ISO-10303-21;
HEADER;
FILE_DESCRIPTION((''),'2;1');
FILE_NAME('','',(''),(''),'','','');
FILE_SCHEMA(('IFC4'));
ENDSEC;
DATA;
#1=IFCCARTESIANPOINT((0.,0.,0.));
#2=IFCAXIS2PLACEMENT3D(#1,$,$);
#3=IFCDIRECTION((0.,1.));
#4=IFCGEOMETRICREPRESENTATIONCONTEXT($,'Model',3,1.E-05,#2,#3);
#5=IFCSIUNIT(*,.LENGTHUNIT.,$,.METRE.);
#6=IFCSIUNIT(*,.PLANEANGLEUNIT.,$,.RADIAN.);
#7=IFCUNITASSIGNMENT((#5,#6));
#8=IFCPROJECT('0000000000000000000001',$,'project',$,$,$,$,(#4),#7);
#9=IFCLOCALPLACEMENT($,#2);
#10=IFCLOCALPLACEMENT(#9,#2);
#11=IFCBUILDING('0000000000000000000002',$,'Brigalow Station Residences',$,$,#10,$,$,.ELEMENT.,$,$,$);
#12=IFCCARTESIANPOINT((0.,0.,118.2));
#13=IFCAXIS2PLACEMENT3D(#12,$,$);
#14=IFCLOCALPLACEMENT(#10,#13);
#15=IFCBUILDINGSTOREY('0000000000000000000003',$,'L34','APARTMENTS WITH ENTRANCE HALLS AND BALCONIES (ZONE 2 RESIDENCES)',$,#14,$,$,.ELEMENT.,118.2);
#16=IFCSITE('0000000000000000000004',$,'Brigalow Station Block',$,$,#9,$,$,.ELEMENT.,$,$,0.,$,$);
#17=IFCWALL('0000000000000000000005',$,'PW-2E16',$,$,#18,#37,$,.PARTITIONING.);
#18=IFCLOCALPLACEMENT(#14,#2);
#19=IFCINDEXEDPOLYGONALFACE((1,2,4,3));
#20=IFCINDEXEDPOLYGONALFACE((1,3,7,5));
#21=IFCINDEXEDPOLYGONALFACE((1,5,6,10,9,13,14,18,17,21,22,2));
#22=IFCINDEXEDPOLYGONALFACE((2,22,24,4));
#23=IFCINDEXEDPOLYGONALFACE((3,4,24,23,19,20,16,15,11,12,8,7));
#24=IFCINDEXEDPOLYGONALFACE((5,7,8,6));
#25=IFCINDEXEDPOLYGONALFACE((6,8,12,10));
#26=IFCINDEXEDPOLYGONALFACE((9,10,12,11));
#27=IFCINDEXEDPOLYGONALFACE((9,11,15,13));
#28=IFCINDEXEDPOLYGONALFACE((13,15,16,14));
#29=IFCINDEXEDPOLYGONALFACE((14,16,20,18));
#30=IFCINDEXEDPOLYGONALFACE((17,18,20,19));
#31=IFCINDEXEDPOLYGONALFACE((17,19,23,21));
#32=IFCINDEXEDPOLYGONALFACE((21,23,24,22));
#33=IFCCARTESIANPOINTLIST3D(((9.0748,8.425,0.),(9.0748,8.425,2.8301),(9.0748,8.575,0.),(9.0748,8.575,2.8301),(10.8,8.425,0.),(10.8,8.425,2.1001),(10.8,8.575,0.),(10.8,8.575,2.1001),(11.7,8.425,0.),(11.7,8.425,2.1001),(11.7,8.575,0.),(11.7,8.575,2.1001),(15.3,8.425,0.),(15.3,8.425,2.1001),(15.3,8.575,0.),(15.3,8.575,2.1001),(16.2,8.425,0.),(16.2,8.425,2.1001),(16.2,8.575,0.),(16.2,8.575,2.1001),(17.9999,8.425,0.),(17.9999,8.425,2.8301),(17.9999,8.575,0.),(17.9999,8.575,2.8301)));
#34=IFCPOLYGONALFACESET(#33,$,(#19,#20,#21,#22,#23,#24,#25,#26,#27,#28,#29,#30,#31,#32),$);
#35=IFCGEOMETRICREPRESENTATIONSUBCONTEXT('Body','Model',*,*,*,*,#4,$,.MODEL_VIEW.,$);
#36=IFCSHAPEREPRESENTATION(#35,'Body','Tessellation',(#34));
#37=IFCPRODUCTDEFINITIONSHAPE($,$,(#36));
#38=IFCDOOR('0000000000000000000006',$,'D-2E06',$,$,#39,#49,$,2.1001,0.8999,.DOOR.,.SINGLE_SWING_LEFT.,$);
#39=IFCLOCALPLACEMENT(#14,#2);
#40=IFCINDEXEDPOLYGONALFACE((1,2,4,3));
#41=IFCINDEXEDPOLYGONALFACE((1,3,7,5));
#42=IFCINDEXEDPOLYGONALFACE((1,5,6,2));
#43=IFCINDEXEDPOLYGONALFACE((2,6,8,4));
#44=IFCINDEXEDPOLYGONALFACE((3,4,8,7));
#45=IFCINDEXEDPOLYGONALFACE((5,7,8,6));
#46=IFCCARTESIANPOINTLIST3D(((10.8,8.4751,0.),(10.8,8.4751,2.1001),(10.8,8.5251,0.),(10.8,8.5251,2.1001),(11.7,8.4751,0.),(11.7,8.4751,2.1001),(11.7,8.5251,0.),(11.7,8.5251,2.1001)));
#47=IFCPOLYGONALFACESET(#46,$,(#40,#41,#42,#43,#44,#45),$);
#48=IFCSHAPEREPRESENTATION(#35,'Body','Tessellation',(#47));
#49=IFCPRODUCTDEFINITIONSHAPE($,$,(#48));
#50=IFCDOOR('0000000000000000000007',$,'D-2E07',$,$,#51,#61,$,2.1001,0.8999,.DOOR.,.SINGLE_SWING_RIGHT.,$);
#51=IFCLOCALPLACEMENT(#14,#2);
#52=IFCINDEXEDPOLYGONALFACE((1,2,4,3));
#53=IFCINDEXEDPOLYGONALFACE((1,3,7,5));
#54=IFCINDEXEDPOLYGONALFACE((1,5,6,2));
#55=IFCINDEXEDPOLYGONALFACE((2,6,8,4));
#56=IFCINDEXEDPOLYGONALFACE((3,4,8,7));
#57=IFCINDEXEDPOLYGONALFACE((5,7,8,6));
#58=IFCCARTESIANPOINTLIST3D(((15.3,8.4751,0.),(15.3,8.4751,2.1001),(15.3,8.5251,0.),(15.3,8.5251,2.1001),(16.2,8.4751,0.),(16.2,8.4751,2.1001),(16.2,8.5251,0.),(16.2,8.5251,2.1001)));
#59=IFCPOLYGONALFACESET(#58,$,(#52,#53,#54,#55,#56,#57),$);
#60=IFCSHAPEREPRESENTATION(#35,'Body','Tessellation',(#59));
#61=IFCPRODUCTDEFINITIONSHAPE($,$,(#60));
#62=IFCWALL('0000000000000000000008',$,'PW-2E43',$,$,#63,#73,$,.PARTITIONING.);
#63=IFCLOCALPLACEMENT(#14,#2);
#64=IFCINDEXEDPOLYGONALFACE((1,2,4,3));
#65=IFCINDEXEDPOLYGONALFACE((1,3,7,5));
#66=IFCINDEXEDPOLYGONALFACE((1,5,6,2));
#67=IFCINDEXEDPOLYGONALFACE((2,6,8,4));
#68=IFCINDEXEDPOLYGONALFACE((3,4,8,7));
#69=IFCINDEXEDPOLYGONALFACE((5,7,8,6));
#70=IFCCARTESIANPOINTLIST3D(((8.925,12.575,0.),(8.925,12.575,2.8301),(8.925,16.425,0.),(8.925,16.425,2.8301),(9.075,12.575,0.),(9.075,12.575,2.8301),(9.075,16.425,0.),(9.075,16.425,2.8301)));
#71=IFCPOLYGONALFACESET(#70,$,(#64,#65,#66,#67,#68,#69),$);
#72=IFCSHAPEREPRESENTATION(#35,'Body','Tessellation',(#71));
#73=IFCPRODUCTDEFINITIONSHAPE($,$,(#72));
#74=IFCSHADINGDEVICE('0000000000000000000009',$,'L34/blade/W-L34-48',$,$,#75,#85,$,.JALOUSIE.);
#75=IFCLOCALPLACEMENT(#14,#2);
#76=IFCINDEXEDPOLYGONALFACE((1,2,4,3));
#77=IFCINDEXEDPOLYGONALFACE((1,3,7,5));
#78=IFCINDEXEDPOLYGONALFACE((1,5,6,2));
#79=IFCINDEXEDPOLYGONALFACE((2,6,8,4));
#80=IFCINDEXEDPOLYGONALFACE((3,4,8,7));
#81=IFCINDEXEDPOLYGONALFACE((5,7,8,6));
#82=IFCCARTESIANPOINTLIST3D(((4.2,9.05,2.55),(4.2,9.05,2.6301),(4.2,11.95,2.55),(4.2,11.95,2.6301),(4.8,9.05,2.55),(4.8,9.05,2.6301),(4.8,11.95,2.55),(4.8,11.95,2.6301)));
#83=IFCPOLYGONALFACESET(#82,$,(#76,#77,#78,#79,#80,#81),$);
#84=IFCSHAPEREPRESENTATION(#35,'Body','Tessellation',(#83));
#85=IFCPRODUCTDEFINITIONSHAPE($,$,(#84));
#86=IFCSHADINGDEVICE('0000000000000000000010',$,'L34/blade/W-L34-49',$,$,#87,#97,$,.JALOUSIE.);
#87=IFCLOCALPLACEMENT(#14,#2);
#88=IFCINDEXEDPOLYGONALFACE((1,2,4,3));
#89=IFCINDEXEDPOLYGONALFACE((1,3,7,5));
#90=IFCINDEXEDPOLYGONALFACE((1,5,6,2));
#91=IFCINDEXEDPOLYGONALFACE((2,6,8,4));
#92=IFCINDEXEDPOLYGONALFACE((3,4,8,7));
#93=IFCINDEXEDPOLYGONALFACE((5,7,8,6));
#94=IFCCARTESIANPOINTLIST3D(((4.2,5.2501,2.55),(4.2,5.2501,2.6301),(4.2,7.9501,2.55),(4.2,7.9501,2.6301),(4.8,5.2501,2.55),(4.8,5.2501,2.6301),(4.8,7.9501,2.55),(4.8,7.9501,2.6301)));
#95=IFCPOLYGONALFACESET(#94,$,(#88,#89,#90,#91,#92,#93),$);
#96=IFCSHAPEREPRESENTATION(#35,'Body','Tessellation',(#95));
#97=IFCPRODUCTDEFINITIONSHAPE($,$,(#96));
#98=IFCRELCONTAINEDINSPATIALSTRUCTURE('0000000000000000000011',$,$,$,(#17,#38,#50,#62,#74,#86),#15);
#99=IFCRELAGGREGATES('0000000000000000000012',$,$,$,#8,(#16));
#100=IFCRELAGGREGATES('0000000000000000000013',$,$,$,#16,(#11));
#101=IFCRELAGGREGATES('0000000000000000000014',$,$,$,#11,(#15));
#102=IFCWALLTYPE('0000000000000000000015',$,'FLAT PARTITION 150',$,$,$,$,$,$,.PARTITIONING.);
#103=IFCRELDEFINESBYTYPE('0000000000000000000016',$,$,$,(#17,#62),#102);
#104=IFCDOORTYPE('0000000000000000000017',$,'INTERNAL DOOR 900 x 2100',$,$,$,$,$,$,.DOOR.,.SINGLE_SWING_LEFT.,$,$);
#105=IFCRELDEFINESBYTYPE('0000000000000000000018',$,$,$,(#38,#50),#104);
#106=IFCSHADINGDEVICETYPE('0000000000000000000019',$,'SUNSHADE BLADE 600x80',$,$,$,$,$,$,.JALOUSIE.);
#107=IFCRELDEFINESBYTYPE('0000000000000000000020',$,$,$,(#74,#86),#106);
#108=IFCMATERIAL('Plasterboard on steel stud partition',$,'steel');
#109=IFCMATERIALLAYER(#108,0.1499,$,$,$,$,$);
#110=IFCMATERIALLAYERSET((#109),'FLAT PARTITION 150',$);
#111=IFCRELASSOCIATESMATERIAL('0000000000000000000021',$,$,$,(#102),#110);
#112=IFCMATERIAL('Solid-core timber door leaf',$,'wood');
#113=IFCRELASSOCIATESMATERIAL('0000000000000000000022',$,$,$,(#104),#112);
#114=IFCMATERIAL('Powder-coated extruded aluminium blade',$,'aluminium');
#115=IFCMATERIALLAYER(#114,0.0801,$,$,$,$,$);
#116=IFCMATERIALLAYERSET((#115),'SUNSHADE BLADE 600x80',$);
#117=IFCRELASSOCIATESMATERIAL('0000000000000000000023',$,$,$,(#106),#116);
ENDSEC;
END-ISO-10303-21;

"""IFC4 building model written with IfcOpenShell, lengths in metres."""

from ifc_helpers import new_model, si_unit, direction, frame, frame_2d, origin, origin_2d, place, context, subcontext, project, spatial, rectangle, extrude, material, layer, layer_set, type_object, element, fill, save


model = new_model("IFC4")

# Units and contexts
model_context = context("Model", 3, precision=1e-05, world=origin(), true_north=direction((0.0, 1.0)))
body_context = subcontext(model_context, "Body", "Model", "MODEL_VIEW")
ifc_project = project(units=[si_unit("LENGTHUNIT", "METRE"), si_unit("PLANEANGLEUNIT", "RADIAN")], contexts=[model_context])

# Site, building, storey
site_placement = place(None, origin())
site = spatial("IfcSite", under=ifc_project, at=site_placement, Name="Brigalow Station Block", CompositionType="ELEMENT", RefElevation=0.0)
building_placement = place(site_placement, origin())
building = spatial("IfcBuilding", under=site, at=building_placement, Name="Brigalow Station Residences", CompositionType="ELEMENT")
storey_placement = place(building_placement, frame((0.0, 0.0, 118.2)))
storey = spatial("IfcBuildingStorey", under=building, at=storey_placement, Name="L34", Description="APARTMENTS WITH ENTRANCE HALLS AND BALCONIES (ZONE 2 RESIDENCES)", CompositionType="ELEMENT", Elevation=118.2)

# Shared definitions
ifc_material_1 = material(Name="Plasterboard on steel stud partition", Category="steel")
ifc_layer_1 = layer(ifc_material_1, 0.1499)
ifc_layer_set_1 = layer_set([ifc_layer_1], Name="FLAT PARTITION 150")
wall_type_1 = type_object("IfcWallType", Name="FLAT PARTITION 150", PredefinedType="PARTITIONING", material=ifc_layer_set_1)
ifc_material_2 = material(Name="Solid-core timber door leaf", Category="wood")
door_type = type_object("IfcDoorType", Name="INTERNAL DOOR 900 x 2100", OperationType="SINGLE_SWING_LEFT", PredefinedType="DOOR", material=ifc_material_2)

# Wall, openings, doors
wall_1_placement = place(storey_placement, frame((9.075, 8.5, 0.0), z_axis=(0.0, 0.0, 1.0), x_axis=(1.0, 0.0, 0.0)))
wall_1 = element("IfcWall", 1, at=wall_1_placement, inside=storey, type_object=wall_type_1, Name="PW-2E16", PredefinedType="PARTITIONING", context=body_context, shape_type="SweptSolid", body=[
    extrude(rectangle(XDim=8.925, YDim=0.1499, at=frame_2d((4.4624, 0.0))), origin(), (0.0, 0.0, 1.0), 2.8301),
])
opening_1_placement = place(wall_1_placement, frame((1.7251, 0.0, 0.0)))
opening_1 = element("IfcOpeningElement", 2, at=opening_1_placement, cuts=wall_1, PredefinedType="OPENING", context=body_context, shape_type="SweptSolid", body=[
    extrude(rectangle(XDim=0.8999, YDim=2.1001, at=frame_2d((0.45, 1.05))), frame((0.0, 0.085, 0.0), z_axis=(0.0, -1.0, 0.0), x_axis=(1.0, 0.0, 0.0)), (0.0, 0.0, 1.0), 0.1699),
])
opening_2_placement = place(wall_1_placement, frame((6.2251, 0.0, 0.0)))
opening_2 = element("IfcOpeningElement", 3, at=opening_2_placement, cuts=wall_1, PredefinedType="OPENING", context=body_context, shape_type="SweptSolid", body=[
    extrude(rectangle(XDim=0.8999, YDim=2.1001, at=frame_2d((0.45, 1.05))), frame((0.0, 0.085, 0.0), z_axis=(0.0, -1.0, 0.0), x_axis=(1.0, 0.0, 0.0)), (0.0, 0.0, 1.0), 0.1699),
])
door_1_placement = place(opening_1_placement, frame((0.8999, 0.0, 0.0), z_axis=(0.0, 0.0, 1.0), x_axis=(-1.0, 0.0, 0.0)))
door_1 = element("IfcDoor", 4, at=door_1_placement, inside=storey, type_object=door_type, Name="D-2E06", OperationType="SINGLE_SWING_LEFT", OverallHeight=2.1001, OverallWidth=0.8999, PredefinedType="DOOR", context=body_context, shape_type="SweptSolid", body=[
    extrude(rectangle(XDim=0.8999, YDim=2.1001, at=frame_2d((0.45, 1.05))), frame((0.0, 0.0249, 0.0), z_axis=(0.0, -1.0, 0.0), x_axis=(1.0, 0.0, 0.0)), (0.0, 0.0, 1.0), 0.05),
])
fill(opening_1, door_1)
door_2_placement = place(opening_2_placement, frame((0.8999, 0.0, 0.0), z_axis=(0.0, 0.0, 1.0), x_axis=(-1.0, 0.0, 0.0)))
door_2 = element("IfcDoor", 5, at=door_2_placement, inside=storey, type_object=door_type, Name="D-2E07", OperationType="SINGLE_SWING_RIGHT", OverallHeight=2.1001, OverallWidth=0.8999, PredefinedType="DOOR", context=body_context, shape_type="SweptSolid", body=[
    extrude(rectangle(XDim=0.8999, YDim=2.1001, at=frame_2d((0.45, 1.05))), frame((0.0, 0.0249, 0.0), z_axis=(0.0, -1.0, 0.0), x_axis=(1.0, 0.0, 0.0)), (0.0, 0.0, 1.0), 0.05),
])
fill(opening_2, door_2)

# Wall
wall_2_placement = place(storey_placement, frame((9.0, 12.575, 0.0), z_axis=(0.0, 0.0, 1.0), x_axis=(0.0, 1.0, 0.0)))
element("IfcWall", 6, at=wall_2_placement, inside=storey, type_object=wall_type_1, Name="PW-2E43", PredefinedType="PARTITIONING", context=body_context, shape_type="SweptSolid", body=[
    extrude(rectangle(XDim=3.8501, YDim=0.1499, at=frame_2d((1.925, 0.0))), origin(), (0.0, 0.0, 1.0), 2.8301),
])

# Shading devices
ifc_material_3 = material(Name="Powder-coated extruded aluminium blade", Category="aluminium")
ifc_layer_2 = layer(ifc_material_3, 0.0801)
ifc_layer_set_2 = layer_set([ifc_layer_2], Name="SUNSHADE BLADE 600x80")
shading_device_type = type_object("IfcShadingDeviceType", Name="SUNSHADE BLADE 600x80", PredefinedType="JALOUSIE", material=ifc_layer_set_2)
shading_device_1_placement = place(storey_placement, frame((4.5, 10.5, 2.55), z_axis=(0.0, 0.0, 1.0), x_axis=(0.0, -1.0, 0.0)))
element("IfcShadingDevice", 7, at=shading_device_1_placement, inside=storey, type_object=shading_device_type, Name="L34/blade/W-L34-48", PredefinedType="JALOUSIE", context=body_context, shape_type="SweptSolid", body=[
    extrude(rectangle(XDim=2.8999, YDim=0.6001, at=origin_2d()), origin(), (0.0, 0.0, 1.0), 0.0801),
])
shading_device_2_placement = place(storey_placement, frame((4.5, 6.6001, 2.55), z_axis=(0.0, 0.0, 1.0), x_axis=(0.0, -1.0, 0.0)))
element("IfcShadingDevice", 8, at=shading_device_2_placement, inside=storey, type_object=shading_device_type, Name="L34/blade/W-L34-49", PredefinedType="JALOUSIE", context=body_context, shape_type="SweptSolid", body=[
    extrude(rectangle(XDim=2.7, YDim=0.6001, at=origin_2d()), origin(), (0.0, 0.0, 1.0), 0.0801),
])

save(model, "model.ifc")
